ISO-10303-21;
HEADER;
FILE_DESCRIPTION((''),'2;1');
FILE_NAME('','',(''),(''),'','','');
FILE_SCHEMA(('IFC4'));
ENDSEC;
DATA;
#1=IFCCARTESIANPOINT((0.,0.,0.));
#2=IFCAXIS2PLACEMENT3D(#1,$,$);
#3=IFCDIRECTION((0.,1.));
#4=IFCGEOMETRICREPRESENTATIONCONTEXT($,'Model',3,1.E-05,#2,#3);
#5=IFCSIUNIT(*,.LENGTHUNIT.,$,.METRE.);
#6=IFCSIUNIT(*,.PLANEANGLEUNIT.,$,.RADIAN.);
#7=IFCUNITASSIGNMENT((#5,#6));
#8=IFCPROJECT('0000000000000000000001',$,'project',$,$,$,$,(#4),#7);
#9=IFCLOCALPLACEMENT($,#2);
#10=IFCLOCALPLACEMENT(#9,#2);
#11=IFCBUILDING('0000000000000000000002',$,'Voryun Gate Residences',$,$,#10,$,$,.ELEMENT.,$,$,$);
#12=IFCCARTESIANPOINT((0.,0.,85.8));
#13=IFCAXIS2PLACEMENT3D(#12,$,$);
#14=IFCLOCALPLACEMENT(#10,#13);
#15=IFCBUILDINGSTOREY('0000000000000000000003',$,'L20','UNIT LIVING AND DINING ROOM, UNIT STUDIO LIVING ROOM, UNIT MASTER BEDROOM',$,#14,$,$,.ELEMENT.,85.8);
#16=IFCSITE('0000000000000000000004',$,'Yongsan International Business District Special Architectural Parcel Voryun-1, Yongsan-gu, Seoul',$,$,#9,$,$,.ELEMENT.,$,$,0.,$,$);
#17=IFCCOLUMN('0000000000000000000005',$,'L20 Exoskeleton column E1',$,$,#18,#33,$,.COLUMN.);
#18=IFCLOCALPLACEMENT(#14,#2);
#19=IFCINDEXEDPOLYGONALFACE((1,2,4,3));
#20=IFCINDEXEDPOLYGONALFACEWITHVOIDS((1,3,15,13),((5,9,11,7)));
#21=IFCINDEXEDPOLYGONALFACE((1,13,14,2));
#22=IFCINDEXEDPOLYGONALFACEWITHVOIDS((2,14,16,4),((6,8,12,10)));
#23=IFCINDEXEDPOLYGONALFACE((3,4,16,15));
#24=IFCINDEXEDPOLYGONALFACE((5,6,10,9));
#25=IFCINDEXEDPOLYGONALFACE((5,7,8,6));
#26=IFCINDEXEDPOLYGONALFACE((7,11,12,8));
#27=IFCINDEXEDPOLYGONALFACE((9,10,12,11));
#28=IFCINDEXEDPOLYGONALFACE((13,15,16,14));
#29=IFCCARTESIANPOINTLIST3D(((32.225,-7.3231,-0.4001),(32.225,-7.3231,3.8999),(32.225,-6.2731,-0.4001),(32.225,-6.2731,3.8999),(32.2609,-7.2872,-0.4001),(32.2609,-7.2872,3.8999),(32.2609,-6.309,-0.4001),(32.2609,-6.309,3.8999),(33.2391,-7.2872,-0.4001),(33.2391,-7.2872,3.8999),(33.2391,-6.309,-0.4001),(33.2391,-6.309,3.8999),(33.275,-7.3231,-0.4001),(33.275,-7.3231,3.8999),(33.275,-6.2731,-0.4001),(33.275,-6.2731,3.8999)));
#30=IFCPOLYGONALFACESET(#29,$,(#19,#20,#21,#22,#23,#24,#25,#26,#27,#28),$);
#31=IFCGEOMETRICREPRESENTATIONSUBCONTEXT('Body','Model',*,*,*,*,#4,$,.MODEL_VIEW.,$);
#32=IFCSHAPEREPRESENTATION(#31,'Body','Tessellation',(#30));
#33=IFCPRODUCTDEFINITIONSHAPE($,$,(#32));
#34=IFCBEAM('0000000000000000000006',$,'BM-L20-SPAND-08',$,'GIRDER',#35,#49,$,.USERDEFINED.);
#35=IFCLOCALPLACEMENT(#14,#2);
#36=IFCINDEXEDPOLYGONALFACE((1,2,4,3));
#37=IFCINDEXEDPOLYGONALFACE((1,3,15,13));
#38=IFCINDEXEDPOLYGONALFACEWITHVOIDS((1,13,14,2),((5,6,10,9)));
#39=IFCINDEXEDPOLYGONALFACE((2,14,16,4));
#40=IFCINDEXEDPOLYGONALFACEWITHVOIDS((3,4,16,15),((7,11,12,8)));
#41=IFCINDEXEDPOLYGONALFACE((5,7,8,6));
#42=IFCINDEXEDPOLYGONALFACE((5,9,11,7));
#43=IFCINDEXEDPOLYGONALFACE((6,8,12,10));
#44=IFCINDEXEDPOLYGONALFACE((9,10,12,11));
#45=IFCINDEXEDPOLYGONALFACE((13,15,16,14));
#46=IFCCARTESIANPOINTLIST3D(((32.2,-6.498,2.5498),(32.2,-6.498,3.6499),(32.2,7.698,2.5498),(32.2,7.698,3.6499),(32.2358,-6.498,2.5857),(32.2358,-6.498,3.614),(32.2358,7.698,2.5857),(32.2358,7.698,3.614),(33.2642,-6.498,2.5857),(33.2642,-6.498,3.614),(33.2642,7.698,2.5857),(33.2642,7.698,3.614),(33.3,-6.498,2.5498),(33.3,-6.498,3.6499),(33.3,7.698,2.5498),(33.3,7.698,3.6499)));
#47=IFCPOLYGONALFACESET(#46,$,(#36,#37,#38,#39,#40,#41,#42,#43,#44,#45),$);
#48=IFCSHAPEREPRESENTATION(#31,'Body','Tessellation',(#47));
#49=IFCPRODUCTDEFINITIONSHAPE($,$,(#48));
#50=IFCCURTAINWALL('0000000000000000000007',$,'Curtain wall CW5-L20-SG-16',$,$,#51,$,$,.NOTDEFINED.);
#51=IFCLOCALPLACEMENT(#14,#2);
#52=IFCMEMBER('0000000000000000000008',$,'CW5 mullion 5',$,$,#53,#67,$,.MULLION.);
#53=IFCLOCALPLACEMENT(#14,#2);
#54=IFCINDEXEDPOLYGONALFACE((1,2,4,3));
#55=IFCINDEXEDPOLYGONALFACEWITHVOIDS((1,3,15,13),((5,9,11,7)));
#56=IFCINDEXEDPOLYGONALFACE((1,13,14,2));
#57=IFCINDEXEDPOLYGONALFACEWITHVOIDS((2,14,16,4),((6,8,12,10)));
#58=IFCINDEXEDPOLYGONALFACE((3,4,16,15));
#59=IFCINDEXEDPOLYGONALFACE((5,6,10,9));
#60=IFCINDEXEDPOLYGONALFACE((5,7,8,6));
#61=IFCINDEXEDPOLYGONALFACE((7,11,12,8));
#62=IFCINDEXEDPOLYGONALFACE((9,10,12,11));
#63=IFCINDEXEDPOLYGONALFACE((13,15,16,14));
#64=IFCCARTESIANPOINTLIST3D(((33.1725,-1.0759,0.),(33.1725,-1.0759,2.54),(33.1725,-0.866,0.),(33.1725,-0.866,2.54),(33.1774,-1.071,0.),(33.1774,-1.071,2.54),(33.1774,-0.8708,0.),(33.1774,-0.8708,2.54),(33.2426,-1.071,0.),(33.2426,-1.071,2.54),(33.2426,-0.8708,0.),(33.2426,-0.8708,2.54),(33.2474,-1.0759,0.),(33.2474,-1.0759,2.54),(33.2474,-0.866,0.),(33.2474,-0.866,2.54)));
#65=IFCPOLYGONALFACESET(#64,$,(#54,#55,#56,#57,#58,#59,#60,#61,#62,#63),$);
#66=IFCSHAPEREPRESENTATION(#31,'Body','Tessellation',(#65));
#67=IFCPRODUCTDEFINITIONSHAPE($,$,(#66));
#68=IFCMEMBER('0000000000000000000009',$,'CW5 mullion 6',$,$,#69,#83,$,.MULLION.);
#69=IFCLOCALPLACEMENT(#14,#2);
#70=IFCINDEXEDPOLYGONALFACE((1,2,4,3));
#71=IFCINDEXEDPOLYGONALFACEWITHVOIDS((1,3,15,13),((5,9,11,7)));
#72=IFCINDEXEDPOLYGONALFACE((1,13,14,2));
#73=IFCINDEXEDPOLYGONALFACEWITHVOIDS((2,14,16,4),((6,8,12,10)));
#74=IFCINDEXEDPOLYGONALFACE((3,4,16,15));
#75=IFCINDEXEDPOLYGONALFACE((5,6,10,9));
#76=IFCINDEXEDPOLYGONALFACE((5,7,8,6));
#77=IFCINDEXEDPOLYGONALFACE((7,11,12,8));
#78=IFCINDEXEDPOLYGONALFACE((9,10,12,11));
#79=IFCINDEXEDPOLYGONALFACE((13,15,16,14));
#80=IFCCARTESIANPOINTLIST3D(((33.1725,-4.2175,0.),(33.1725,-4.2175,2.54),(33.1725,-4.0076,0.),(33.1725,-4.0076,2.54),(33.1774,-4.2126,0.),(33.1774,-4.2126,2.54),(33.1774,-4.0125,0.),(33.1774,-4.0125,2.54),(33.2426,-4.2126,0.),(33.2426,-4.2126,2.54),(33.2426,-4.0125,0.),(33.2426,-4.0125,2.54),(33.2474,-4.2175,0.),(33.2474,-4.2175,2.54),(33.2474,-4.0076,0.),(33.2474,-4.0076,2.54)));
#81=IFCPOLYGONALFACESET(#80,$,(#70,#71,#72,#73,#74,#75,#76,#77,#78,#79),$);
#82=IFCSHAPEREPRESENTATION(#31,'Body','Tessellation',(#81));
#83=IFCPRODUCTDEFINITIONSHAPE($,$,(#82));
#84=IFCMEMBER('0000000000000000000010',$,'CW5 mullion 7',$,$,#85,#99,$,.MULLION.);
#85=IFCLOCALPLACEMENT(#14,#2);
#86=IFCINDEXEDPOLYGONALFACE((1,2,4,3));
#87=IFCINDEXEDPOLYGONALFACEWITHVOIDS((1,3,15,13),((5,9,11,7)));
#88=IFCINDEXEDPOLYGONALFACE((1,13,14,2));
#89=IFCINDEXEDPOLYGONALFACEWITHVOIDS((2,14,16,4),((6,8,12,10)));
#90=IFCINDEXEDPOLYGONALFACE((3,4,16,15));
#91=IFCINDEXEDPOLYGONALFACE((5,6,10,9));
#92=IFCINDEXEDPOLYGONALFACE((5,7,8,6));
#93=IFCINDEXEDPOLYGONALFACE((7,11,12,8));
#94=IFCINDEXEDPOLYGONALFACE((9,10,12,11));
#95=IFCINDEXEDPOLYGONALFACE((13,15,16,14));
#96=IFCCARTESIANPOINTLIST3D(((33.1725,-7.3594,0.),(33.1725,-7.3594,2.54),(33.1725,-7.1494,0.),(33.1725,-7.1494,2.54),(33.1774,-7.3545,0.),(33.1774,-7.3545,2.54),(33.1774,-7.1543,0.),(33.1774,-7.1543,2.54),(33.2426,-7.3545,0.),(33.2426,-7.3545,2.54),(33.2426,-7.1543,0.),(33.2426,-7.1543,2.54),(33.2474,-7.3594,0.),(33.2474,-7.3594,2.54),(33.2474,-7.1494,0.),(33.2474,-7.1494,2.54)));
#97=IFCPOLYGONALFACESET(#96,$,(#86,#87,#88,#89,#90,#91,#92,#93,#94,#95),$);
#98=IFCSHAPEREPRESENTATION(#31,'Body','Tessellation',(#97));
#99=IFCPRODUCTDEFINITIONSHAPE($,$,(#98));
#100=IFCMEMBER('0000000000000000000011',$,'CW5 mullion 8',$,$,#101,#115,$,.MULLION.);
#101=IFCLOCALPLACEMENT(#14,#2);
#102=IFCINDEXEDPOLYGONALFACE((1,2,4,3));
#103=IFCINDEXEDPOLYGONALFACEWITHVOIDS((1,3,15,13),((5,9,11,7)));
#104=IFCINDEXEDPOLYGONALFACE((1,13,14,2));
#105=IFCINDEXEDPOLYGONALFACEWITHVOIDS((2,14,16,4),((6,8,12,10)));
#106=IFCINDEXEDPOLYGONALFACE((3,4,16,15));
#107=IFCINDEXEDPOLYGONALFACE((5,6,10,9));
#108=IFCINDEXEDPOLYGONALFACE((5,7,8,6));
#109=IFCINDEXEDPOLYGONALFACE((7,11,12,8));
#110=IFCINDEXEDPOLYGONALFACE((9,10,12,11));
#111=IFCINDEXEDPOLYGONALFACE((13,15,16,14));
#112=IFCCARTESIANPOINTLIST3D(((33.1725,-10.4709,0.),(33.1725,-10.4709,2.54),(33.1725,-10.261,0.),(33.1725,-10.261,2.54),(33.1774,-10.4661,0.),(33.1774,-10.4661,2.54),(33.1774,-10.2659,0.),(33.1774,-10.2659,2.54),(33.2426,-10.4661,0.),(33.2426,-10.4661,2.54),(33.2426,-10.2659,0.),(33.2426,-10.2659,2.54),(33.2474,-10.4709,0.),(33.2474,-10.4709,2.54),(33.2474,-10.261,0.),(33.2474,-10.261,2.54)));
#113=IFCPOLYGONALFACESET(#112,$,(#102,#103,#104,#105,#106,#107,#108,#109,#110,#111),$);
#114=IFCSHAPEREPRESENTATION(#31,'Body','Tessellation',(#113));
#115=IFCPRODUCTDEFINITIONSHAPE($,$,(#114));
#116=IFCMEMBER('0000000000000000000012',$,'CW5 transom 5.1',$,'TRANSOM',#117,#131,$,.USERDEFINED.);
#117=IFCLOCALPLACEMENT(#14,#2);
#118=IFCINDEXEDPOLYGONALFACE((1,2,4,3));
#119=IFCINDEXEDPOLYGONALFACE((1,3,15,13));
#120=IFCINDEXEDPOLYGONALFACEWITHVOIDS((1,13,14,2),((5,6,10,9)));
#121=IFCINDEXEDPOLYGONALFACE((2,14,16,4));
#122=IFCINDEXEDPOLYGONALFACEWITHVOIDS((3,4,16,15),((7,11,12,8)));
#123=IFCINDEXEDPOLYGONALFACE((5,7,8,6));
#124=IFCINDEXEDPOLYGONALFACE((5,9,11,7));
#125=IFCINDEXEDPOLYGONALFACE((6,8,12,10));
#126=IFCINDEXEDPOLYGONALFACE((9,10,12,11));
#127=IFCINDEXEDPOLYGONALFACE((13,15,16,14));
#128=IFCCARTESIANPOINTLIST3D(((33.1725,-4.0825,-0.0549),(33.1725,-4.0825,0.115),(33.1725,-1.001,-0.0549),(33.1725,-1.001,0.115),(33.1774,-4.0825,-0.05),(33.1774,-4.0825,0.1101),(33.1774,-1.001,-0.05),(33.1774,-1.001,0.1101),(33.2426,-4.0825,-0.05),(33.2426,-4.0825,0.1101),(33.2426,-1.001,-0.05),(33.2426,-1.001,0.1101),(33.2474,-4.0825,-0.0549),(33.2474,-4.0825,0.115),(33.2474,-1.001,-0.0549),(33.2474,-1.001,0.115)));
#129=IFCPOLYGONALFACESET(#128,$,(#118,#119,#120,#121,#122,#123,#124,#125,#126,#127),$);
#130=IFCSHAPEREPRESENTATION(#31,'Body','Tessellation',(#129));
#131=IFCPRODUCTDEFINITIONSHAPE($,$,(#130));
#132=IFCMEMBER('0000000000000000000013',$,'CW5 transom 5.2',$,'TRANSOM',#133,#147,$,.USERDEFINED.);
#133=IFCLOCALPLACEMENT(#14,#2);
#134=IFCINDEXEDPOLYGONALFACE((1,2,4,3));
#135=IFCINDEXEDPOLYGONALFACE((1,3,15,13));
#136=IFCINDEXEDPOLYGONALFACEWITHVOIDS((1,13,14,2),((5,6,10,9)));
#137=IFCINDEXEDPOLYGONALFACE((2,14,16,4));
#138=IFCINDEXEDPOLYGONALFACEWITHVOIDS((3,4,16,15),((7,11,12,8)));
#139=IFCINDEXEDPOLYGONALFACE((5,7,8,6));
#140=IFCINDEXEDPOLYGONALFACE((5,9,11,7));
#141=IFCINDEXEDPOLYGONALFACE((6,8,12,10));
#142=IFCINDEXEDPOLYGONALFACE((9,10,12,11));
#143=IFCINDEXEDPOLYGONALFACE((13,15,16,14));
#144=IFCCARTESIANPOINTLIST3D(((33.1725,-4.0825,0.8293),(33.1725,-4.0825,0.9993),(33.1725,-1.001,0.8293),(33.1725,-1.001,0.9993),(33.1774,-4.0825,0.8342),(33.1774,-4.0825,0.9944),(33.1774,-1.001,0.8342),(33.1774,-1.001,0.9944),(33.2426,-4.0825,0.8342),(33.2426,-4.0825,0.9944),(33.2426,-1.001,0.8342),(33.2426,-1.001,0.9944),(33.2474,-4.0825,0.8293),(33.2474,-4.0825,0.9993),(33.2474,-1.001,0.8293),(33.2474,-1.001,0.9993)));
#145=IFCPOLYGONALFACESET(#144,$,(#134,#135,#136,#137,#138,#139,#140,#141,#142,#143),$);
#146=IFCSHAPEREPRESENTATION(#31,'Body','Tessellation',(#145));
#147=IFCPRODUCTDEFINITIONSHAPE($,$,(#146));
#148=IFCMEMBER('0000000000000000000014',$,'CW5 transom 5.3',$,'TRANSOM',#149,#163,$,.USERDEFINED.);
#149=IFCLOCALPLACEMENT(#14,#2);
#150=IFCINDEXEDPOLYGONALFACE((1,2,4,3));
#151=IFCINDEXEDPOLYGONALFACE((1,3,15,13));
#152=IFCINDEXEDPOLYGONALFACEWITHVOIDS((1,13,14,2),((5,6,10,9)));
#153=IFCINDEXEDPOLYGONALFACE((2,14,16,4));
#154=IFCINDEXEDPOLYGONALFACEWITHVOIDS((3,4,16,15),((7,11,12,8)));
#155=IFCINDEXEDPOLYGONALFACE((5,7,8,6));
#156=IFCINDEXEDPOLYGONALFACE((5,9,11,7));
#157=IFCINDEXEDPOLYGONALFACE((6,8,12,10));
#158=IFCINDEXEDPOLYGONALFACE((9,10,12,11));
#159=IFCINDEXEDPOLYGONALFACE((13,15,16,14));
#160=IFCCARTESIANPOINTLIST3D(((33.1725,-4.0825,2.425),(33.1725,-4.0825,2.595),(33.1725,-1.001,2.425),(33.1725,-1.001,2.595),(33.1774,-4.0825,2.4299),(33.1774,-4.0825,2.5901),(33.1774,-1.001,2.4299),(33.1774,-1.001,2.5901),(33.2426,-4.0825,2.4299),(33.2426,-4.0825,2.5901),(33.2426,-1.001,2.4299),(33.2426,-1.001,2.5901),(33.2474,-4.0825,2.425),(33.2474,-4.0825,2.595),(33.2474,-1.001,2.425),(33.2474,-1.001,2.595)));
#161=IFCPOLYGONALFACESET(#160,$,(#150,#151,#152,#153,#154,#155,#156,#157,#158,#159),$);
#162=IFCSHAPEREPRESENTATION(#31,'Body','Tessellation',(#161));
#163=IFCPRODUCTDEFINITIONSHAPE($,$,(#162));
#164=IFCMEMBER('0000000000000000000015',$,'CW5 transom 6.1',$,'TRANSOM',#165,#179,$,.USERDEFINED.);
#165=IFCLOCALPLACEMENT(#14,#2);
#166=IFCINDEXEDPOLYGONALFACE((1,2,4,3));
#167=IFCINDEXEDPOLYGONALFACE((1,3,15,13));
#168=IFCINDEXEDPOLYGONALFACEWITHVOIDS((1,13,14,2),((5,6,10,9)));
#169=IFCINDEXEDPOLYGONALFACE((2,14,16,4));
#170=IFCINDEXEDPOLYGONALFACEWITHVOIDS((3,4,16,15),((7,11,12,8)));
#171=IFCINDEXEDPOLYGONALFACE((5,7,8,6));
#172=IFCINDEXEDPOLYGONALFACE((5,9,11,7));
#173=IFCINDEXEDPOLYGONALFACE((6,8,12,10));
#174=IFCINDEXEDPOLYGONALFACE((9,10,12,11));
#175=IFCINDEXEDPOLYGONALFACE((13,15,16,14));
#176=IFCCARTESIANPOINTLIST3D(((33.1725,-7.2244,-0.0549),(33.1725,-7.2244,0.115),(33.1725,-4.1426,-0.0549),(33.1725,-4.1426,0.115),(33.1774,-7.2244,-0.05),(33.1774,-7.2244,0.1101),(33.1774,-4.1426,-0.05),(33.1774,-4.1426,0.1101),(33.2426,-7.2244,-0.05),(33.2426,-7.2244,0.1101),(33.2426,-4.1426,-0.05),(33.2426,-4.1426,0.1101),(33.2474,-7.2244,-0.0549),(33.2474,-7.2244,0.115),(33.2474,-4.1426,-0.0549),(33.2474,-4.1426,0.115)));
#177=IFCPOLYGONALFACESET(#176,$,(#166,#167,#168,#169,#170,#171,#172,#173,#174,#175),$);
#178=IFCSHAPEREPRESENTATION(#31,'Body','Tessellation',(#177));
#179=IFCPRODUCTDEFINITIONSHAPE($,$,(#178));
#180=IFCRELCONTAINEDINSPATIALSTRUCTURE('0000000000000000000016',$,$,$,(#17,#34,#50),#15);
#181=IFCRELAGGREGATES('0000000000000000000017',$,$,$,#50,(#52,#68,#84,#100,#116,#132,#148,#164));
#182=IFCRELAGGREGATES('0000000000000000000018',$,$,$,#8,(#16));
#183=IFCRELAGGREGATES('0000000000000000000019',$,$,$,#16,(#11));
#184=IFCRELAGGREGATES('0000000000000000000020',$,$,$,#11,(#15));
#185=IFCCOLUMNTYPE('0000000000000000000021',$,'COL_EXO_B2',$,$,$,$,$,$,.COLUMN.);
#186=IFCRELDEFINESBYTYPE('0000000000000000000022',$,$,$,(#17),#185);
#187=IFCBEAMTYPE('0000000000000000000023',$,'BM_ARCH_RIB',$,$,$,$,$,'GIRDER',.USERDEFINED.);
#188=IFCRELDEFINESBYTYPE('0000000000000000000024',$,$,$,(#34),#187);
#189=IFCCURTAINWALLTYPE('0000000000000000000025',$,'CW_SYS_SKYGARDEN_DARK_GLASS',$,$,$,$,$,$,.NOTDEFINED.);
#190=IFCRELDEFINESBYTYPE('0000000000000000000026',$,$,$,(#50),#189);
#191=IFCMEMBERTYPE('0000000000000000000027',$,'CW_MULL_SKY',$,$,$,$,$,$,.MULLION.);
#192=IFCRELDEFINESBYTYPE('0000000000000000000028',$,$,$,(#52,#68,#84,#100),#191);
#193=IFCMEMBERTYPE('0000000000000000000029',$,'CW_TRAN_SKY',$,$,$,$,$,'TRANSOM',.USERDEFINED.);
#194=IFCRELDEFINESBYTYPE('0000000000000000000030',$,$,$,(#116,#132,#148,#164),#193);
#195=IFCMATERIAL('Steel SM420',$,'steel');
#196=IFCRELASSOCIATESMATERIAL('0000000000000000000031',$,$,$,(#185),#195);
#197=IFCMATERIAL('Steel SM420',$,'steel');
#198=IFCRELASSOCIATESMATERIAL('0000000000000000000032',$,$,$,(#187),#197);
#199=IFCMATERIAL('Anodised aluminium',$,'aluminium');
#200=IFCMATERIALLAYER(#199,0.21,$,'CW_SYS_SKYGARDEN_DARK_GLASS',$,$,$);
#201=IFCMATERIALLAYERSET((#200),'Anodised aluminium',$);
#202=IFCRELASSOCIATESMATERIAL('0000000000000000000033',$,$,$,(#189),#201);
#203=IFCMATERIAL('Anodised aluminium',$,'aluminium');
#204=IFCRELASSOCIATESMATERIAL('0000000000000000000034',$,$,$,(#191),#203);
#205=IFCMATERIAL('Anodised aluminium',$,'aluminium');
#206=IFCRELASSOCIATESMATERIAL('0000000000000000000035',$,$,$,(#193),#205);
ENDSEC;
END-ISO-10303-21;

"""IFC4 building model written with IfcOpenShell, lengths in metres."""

from ifc_helpers import new_model, si_unit, direction, frame, origin, origin_2d, place, context, subcontext, project, spatial, hollow_rectangle, extrude, material, layer, layer_set, material_profile, profile_set, type_object, element, aggregate, save


model = new_model("IFC4")

# Units and contexts
model_context = context("Model", 3, precision=1e-05, world=origin(), true_north=direction((0.0, 1.0)))
body_context = subcontext(model_context, "Body", "Model", "MODEL_VIEW")
ifc_project = project(units=[si_unit("LENGTHUNIT", "METRE"), si_unit("PLANEANGLEUNIT", "RADIAN")], contexts=[model_context])

# Site, building, storey
site_placement = place(None, origin())
site = spatial("IfcSite", under=ifc_project, at=site_placement, Name="Yongsan International Business District Special Architectural Parcel Voryun-1, Yongsan-gu, Seoul", CompositionType="ELEMENT", RefElevation=0.0)
building_placement = place(site_placement, origin())
building = spatial("IfcBuilding", under=site, at=building_placement, Name="Voryun Gate Residences", CompositionType="ELEMENT")
storey_placement = place(building_placement, frame((0.0, 0.0, 85.8)))
storey = spatial("IfcBuildingStorey", under=building, at=storey_placement, Name="L20", Description="UNIT LIVING AND DINING ROOM, UNIT STUDIO LIVING ROOM, UNIT MASTER BEDROOM", CompositionType="ELEMENT", Elevation=85.8)

# Column
ifc_material_1 = material(Name="Steel SM420", Category="steel")
ifc_material_profile_1 = material_profile(ifc_material_1, hollow_rectangle(XDim=1.05, YDim=1.05, WallThickness=0.0359, at=origin_2d()), Name="BOX-1050x1050x36")
ifc_profile_set_1 = profile_set([ifc_material_profile_1], Name="Steel SM420")
column_type = type_object("IfcColumnType", Name="COL_EXO_B2", PredefinedType="COLUMN", material=ifc_profile_set_1)
column_placement = place(storey_placement, frame((32.75, -6.7981, -0.4001), z_axis=(0.0, 0.0, 1.0), x_axis=(1.0, 0.0, 0.0)))
element("IfcColumn", 1, at=column_placement, inside=storey, type_object=column_type, Name="L20 Exoskeleton column E1", PredefinedType="COLUMN", context=body_context, shape_type="SweptSolid", body=[
    extrude(hollow_rectangle(XDim=1.05, YDim=1.05, WallThickness=0.0359, at=origin_2d()), origin(), (0.0, 0.0, 1.0), 4.3),
])

# Beam
ifc_material_2 = material(Name="Steel SM420", Category="steel")
ifc_material_profile_2 = material_profile(ifc_material_2, hollow_rectangle(XDim=1.1001, YDim=1.1001, WallThickness=0.0359, at=origin_2d()), Name="BOX-1100x1100x36")
ifc_profile_set_2 = profile_set([ifc_material_profile_2], Name="Steel SM420")
beam_type = type_object("IfcBeamType", Name="BM_ARCH_RIB", ElementType="GIRDER", PredefinedType="USERDEFINED", material=ifc_profile_set_2)
beam_placement = place(storey_placement, frame((32.75, -6.498, 3.0999), z_axis=(0.0, 1.0, 0.0), x_axis=(-1.0, 0.0, 0.0)))
element("IfcBeam", 2, at=beam_placement, inside=storey, type_object=beam_type, Name="BM-L20-SPAND-08", ObjectType="GIRDER", PredefinedType="USERDEFINED", context=body_context, shape_type="SweptSolid", body=[
    extrude(hollow_rectangle(XDim=1.1001, YDim=1.1001, WallThickness=0.0359, at=origin_2d()), origin(), (0.0, 0.0, 1.0), 14.196),
])

# Curtain wall, members
ifc_material_3 = material(Name="Anodised aluminium", Category="aluminium")
ifc_layer_1 = layer(ifc_material_3, 0.21, Name="CW_SYS_SKYGARDEN_DARK_GLASS")
ifc_layer_set_1 = layer_set([ifc_layer_1], Name="Anodised aluminium")
curtain_wall_type = type_object("IfcCurtainWallType", Name="CW_SYS_SKYGARDEN_DARK_GLASS", PredefinedType="NOTDEFINED", material=ifc_layer_set_1)
curtain_wall_placement = place(storey_placement, origin())
curtain_wall = element("IfcCurtainWall", 3, at=curtain_wall_placement, inside=storey, type_object=curtain_wall_type, Name="Curtain wall CW5-L20-SG-16", PredefinedType="NOTDEFINED")
ifc_material_4 = material(Name="Anodised aluminium", Category="aluminium")
ifc_material_profile_3 = material_profile(ifc_material_4, hollow_rectangle(XDim=0.075, YDim=0.21, WallThickness=0.0049, at=origin_2d()), Name="ALU-MULL-210x75x5")
ifc_profile_set_3 = profile_set([ifc_material_profile_3], Name="Anodised aluminium")
member_type_1 = type_object("IfcMemberType", Name="CW_MULL_SKY", PredefinedType="MULLION", material=ifc_profile_set_3)
member_1_placement = place(storey_placement, frame((33.21, -0.9709, 0.0), z_axis=(0.0, 0.0, 1.0), x_axis=(1.0, 0.0, 0.0)))
member_1 = element("IfcMember", 4, at=member_1_placement, type_object=member_type_1, Name="CW5 mullion 5", PredefinedType="MULLION", context=body_context, shape_type="SweptSolid", body=[
    extrude(hollow_rectangle(XDim=0.075, YDim=0.21, WallThickness=0.0049, at=origin_2d()), origin(), (0.0, 0.0, 1.0), 2.54),
])
member_2_placement = place(storey_placement, frame((33.21, -4.1125, 0.0), z_axis=(0.0, 0.0, 1.0), x_axis=(1.0, 0.0, 0.0)))
member_2 = element("IfcMember", 5, at=member_2_placement, type_object=member_type_1, Name="CW5 mullion 6", PredefinedType="MULLION", context=body_context, shape_type="SweptSolid", body=[
    extrude(hollow_rectangle(XDim=0.075, YDim=0.21, WallThickness=0.0049, at=origin_2d()), origin(), (0.0, 0.0, 1.0), 2.54),
])
member_3_placement = place(storey_placement, frame((33.21, -7.2544, 0.0), z_axis=(0.0, 0.0, 1.0), x_axis=(1.0, 0.0, 0.0)))
member_3 = element("IfcMember", 6, at=member_3_placement, type_object=member_type_1, Name="CW5 mullion 7", PredefinedType="MULLION", context=body_context, shape_type="SweptSolid", body=[
    extrude(hollow_rectangle(XDim=0.075, YDim=0.21, WallThickness=0.0049, at=origin_2d()), origin(), (0.0, 0.0, 1.0), 2.54),
])
member_4_placement = place(storey_placement, frame((33.21, -10.366, 0.0), z_axis=(0.0, 0.0, 1.0), x_axis=(1.0, 0.0, 0.0)))
member_4 = element("IfcMember", 7, at=member_4_placement, type_object=member_type_1, Name="CW5 mullion 8", PredefinedType="MULLION", context=body_context, shape_type="SweptSolid", body=[
    extrude(hollow_rectangle(XDim=0.075, YDim=0.21, WallThickness=0.0049, at=origin_2d()), origin(), (0.0, 0.0, 1.0), 2.54),
])
ifc_material_5 = material(Name="Anodised aluminium", Category="aluminium")
ifc_material_profile_4 = material_profile(ifc_material_5, hollow_rectangle(XDim=0.075, YDim=0.1699, WallThickness=0.0049, at=origin_2d()), Name="ALU-TRAN-170x75x5")
ifc_profile_set_4 = profile_set([ifc_material_profile_4], Name="Anodised aluminium")
member_type_2 = type_object("IfcMemberType", Name="CW_TRAN_SKY", ElementType="TRANSOM", PredefinedType="USERDEFINED", material=ifc_profile_set_4)
member_5_placement = place(storey_placement, frame((33.21, -1.001, 0.03), z_axis=(0.0, -1.0, 0.0), x_axis=(1.0, 0.0, 0.0)))
member_5 = element("IfcMember", 8, at=member_5_placement, type_object=member_type_2, Name="CW5 transom 5.1", ObjectType="TRANSOM", PredefinedType="USERDEFINED", context=body_context, shape_type="SweptSolid", body=[
    extrude(hollow_rectangle(XDim=0.075, YDim=0.1699, WallThickness=0.0049, at=origin_2d()), origin(), (0.0, 0.0, 1.0), 3.0815),
])
member_6_placement = place(storey_placement, frame((33.21, -1.001, 0.9143), z_axis=(0.0, -1.0, 0.0), x_axis=(1.0, 0.0, 0.0)))
member_6 = element("IfcMember", 9, at=member_6_placement, type_object=member_type_2, Name="CW5 transom 5.2", ObjectType="TRANSOM", PredefinedType="USERDEFINED", context=body_context, shape_type="SweptSolid", body=[
    extrude(hollow_rectangle(XDim=0.075, YDim=0.1699, WallThickness=0.0049, at=origin_2d()), origin(), (0.0, 0.0, 1.0), 3.0815),
])
member_7_placement = place(storey_placement, frame((33.21, -1.001, 2.51), z_axis=(0.0, -1.0, 0.0), x_axis=(1.0, 0.0, 0.0)))
member_7 = element("IfcMember", 10, at=member_7_placement, type_object=member_type_2, Name="CW5 transom 5.3", ObjectType="TRANSOM", PredefinedType="USERDEFINED", context=body_context, shape_type="SweptSolid", body=[
    extrude(hollow_rectangle(XDim=0.075, YDim=0.1699, WallThickness=0.0049, at=origin_2d()), origin(), (0.0, 0.0, 1.0), 3.0815),
])
member_8_placement = place(storey_placement, frame((33.21, -4.1426, 0.03), z_axis=(0.0, -1.0, 0.0), x_axis=(1.0, 0.0, 0.0)))
member_8 = element("IfcMember", 11, at=member_8_placement, type_object=member_type_2, Name="CW5 transom 6.1", ObjectType="TRANSOM", PredefinedType="USERDEFINED", context=body_context, shape_type="SweptSolid", body=[
    extrude(hollow_rectangle(XDim=0.075, YDim=0.1699, WallThickness=0.0049, at=origin_2d()), origin(), (0.0, 0.0, 1.0), 3.0818),
])

aggregate(curtain_wall, [member_1, member_2, member_3, member_4, member_5, member_6, member_7, member_8])

save(model, "model.ifc")
